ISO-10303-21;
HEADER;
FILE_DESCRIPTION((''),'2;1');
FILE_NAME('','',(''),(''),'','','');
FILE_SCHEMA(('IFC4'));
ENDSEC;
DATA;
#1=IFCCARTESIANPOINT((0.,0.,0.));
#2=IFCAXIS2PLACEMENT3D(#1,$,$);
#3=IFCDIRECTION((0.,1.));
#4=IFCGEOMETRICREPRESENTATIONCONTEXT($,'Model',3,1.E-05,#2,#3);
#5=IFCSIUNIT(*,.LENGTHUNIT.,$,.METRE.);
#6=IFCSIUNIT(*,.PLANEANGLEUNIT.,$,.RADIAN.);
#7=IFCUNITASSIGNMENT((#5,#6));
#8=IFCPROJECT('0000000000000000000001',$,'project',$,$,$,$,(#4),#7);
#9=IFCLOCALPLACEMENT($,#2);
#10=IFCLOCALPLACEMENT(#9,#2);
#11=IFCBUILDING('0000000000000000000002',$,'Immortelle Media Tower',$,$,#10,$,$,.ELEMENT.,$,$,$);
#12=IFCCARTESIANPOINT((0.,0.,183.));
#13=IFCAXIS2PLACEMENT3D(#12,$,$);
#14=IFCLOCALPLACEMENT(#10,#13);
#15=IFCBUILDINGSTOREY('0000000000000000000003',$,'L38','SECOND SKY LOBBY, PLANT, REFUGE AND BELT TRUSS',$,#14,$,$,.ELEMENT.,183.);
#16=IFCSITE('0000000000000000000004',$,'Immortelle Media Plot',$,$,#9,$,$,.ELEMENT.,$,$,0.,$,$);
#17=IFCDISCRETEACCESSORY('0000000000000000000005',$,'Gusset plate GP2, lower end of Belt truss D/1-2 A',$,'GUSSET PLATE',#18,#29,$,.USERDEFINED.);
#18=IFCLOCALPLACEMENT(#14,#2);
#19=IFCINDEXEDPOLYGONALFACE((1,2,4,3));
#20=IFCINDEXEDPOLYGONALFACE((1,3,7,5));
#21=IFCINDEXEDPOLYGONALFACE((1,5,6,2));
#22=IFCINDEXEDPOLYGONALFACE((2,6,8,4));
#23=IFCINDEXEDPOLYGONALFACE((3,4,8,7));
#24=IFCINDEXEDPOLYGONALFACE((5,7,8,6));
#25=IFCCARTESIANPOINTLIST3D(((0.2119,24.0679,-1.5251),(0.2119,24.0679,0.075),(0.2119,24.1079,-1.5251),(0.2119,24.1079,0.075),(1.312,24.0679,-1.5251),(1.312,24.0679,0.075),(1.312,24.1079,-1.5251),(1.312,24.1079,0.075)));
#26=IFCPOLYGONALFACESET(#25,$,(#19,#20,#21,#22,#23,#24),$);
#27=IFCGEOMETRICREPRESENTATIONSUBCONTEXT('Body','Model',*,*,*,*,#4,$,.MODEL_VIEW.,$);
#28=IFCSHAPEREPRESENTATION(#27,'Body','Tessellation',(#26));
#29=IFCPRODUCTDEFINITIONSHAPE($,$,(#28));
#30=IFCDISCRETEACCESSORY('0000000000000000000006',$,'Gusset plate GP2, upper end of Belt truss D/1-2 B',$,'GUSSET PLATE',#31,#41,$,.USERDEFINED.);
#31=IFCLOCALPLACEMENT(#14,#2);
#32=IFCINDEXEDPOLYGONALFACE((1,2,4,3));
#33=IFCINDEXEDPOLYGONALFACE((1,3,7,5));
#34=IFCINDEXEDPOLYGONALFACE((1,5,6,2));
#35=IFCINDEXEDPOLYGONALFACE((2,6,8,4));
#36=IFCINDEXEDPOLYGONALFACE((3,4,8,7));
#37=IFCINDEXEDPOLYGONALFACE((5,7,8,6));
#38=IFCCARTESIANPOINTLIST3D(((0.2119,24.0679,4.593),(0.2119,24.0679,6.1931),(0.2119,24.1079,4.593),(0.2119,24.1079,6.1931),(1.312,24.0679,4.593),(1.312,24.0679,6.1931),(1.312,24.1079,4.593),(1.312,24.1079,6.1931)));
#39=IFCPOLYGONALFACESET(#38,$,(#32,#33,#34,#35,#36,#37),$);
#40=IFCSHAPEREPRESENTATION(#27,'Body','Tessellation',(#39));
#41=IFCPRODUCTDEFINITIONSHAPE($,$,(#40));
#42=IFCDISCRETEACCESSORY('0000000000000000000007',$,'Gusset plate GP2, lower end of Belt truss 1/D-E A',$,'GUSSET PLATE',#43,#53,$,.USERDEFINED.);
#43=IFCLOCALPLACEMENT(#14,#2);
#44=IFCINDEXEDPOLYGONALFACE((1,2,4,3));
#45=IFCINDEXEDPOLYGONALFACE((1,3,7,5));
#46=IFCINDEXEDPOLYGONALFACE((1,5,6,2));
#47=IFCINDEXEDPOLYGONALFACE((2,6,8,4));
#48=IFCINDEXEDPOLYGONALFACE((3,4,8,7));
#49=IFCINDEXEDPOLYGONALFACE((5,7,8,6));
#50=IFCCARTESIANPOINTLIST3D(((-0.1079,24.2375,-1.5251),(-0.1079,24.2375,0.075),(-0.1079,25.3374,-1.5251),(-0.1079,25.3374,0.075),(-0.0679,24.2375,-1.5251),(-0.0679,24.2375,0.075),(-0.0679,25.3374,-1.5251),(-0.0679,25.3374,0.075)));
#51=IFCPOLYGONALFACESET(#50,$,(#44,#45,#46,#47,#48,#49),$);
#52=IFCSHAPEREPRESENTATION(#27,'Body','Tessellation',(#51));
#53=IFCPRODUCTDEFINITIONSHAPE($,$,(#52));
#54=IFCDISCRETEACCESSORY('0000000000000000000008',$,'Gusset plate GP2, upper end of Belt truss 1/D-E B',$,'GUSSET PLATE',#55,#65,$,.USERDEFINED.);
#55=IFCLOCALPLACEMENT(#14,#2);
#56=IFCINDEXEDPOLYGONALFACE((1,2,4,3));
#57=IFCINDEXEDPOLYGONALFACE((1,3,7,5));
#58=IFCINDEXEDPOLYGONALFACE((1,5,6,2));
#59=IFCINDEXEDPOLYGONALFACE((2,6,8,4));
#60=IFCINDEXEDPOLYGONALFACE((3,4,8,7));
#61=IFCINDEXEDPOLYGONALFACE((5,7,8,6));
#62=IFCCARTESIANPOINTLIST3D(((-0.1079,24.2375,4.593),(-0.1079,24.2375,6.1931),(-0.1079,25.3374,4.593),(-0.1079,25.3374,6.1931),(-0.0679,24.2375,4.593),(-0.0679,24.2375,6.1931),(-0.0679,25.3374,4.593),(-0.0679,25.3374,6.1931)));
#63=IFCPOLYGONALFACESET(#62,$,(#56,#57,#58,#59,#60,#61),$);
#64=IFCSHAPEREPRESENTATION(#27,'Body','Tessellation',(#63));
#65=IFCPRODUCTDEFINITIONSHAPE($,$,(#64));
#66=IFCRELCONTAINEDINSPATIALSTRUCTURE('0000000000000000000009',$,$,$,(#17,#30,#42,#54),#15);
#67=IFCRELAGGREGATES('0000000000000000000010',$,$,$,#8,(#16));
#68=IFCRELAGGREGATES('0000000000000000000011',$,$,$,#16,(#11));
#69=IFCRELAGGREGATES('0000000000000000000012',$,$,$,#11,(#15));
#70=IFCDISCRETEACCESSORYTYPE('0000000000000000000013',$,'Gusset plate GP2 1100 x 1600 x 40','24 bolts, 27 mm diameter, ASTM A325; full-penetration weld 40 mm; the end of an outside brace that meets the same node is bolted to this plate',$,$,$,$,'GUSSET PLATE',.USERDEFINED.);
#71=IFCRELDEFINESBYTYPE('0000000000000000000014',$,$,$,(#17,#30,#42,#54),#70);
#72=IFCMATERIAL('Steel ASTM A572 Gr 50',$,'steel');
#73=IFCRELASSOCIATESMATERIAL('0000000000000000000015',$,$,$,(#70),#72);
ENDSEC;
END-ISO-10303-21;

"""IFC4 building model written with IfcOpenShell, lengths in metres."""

from ifc_helpers import new_model, si_unit, direction, frame, origin, origin_2d, place, context, subcontext, project, spatial, rectangle, extrude, material, material_profile, profile_set, type_object, element, save


model = new_model("IFC4")

# Units and contexts
model_context = context("Model", 3, precision=1e-05, world=origin(), true_north=direction((0.0, 1.0)))
body_context = subcontext(model_context, "Body", "Model", "MODEL_VIEW")
ifc_project = project(units=[si_unit("LENGTHUNIT", "METRE"), si_unit("PLANEANGLEUNIT", "RADIAN")], contexts=[model_context])

# Site, building, storey
site_placement = place(None, origin())
site = spatial("IfcSite", under=ifc_project, at=site_placement, Name="Immortelle Media Plot", CompositionType="ELEMENT", RefElevation=0.0)
building_placement = place(site_placement, origin())
building = spatial("IfcBuilding", under=site, at=building_placement, Name="Immortelle Media Tower", CompositionType="ELEMENT")
storey_placement = place(building_placement, frame((0.0, 0.0, 183.0)))
storey = spatial("IfcBuildingStorey", under=building, at=storey_placement, Name="L38", Description="SECOND SKY LOBBY, PLANT, REFUGE AND BELT TRUSS", CompositionType="ELEMENT", Elevation=183.0)

# Discrete accessories
ifc_material_1 = material(Name="Steel ASTM A572 Gr 50", Category="steel")
ifc_material_profile_1 = material_profile(ifc_material_1, rectangle(XDim=0.04, YDim=1.6001, at=origin_2d()), Name="PL 40 x 1600")
ifc_profile_set_1 = profile_set([ifc_material_profile_1], Name="Steel ASTM A572 Gr 50")
discrete_accessory_type_1 = type_object("IfcDiscreteAccessoryType", Name="Gusset plate GP2 1100 x 1600 x 40", Description="24 bolts, 27 mm diameter, ASTM A325; full-penetration weld 40 mm; the end of an outside brace that meets the same node is bolted to this plate", ElementType="GUSSET PLATE", PredefinedType="USERDEFINED", material=ifc_profile_set_1)
for number, where, z_axis, x_axis, name in (
    (1, (0.2119, 24.0879, -0.7251), (1.0, 0.0, 0.0), (0.0, 1.0, 0.0), "Gusset plate GP2, lower end of Belt truss D/1-2 A"),
    (2, (0.2119, 24.0879, 5.3931), (1.0, 0.0, 0.0), (0.0, 1.0, 0.0), "Gusset plate GP2, upper end of Belt truss D/1-2 B"),
):
    element("IfcDiscreteAccessory", number, at=place(storey_placement, frame(where, z_axis=z_axis, x_axis=x_axis)), inside=storey, type_object=discrete_accessory_type_1, Name=name, ObjectType="GUSSET PLATE", PredefinedType="USERDEFINED", context=body_context, shape_type="SweptSolid", body=[
        extrude(rectangle(XDim=0.04, YDim=1.6001, at=origin_2d()), origin(), (0.0, 0.0, 1.0), 1.1001),
    ])
for number, where, z_axis, x_axis, name in (
    (3, (-0.0879, 24.2375, -0.7251), (0.0, 1.0, 0.0), (-1.0, 0.0, 0.0), "Gusset plate GP2, lower end of Belt truss 1/D-E A"),
    (4, (-0.0879, 24.2375, 5.3931), (0.0, 1.0, 0.0), (-1.0, 0.0, 0.0), "Gusset plate GP2, upper end of Belt truss 1/D-E B"),
):
    element("IfcDiscreteAccessory", number, at=place(storey_placement, frame(where, z_axis=z_axis, x_axis=x_axis)), inside=storey, type_object=discrete_accessory_type_1, Name=name, ObjectType="GUSSET PLATE", PredefinedType="USERDEFINED", context=body_context, shape_type="SweptSolid", body=[
        extrude(rectangle(XDim=0.04, YDim=1.6001, at=origin_2d()), origin(), (0.0, 0.0, 1.0), 1.0999),
    ])

save(model, "model.ifc")
